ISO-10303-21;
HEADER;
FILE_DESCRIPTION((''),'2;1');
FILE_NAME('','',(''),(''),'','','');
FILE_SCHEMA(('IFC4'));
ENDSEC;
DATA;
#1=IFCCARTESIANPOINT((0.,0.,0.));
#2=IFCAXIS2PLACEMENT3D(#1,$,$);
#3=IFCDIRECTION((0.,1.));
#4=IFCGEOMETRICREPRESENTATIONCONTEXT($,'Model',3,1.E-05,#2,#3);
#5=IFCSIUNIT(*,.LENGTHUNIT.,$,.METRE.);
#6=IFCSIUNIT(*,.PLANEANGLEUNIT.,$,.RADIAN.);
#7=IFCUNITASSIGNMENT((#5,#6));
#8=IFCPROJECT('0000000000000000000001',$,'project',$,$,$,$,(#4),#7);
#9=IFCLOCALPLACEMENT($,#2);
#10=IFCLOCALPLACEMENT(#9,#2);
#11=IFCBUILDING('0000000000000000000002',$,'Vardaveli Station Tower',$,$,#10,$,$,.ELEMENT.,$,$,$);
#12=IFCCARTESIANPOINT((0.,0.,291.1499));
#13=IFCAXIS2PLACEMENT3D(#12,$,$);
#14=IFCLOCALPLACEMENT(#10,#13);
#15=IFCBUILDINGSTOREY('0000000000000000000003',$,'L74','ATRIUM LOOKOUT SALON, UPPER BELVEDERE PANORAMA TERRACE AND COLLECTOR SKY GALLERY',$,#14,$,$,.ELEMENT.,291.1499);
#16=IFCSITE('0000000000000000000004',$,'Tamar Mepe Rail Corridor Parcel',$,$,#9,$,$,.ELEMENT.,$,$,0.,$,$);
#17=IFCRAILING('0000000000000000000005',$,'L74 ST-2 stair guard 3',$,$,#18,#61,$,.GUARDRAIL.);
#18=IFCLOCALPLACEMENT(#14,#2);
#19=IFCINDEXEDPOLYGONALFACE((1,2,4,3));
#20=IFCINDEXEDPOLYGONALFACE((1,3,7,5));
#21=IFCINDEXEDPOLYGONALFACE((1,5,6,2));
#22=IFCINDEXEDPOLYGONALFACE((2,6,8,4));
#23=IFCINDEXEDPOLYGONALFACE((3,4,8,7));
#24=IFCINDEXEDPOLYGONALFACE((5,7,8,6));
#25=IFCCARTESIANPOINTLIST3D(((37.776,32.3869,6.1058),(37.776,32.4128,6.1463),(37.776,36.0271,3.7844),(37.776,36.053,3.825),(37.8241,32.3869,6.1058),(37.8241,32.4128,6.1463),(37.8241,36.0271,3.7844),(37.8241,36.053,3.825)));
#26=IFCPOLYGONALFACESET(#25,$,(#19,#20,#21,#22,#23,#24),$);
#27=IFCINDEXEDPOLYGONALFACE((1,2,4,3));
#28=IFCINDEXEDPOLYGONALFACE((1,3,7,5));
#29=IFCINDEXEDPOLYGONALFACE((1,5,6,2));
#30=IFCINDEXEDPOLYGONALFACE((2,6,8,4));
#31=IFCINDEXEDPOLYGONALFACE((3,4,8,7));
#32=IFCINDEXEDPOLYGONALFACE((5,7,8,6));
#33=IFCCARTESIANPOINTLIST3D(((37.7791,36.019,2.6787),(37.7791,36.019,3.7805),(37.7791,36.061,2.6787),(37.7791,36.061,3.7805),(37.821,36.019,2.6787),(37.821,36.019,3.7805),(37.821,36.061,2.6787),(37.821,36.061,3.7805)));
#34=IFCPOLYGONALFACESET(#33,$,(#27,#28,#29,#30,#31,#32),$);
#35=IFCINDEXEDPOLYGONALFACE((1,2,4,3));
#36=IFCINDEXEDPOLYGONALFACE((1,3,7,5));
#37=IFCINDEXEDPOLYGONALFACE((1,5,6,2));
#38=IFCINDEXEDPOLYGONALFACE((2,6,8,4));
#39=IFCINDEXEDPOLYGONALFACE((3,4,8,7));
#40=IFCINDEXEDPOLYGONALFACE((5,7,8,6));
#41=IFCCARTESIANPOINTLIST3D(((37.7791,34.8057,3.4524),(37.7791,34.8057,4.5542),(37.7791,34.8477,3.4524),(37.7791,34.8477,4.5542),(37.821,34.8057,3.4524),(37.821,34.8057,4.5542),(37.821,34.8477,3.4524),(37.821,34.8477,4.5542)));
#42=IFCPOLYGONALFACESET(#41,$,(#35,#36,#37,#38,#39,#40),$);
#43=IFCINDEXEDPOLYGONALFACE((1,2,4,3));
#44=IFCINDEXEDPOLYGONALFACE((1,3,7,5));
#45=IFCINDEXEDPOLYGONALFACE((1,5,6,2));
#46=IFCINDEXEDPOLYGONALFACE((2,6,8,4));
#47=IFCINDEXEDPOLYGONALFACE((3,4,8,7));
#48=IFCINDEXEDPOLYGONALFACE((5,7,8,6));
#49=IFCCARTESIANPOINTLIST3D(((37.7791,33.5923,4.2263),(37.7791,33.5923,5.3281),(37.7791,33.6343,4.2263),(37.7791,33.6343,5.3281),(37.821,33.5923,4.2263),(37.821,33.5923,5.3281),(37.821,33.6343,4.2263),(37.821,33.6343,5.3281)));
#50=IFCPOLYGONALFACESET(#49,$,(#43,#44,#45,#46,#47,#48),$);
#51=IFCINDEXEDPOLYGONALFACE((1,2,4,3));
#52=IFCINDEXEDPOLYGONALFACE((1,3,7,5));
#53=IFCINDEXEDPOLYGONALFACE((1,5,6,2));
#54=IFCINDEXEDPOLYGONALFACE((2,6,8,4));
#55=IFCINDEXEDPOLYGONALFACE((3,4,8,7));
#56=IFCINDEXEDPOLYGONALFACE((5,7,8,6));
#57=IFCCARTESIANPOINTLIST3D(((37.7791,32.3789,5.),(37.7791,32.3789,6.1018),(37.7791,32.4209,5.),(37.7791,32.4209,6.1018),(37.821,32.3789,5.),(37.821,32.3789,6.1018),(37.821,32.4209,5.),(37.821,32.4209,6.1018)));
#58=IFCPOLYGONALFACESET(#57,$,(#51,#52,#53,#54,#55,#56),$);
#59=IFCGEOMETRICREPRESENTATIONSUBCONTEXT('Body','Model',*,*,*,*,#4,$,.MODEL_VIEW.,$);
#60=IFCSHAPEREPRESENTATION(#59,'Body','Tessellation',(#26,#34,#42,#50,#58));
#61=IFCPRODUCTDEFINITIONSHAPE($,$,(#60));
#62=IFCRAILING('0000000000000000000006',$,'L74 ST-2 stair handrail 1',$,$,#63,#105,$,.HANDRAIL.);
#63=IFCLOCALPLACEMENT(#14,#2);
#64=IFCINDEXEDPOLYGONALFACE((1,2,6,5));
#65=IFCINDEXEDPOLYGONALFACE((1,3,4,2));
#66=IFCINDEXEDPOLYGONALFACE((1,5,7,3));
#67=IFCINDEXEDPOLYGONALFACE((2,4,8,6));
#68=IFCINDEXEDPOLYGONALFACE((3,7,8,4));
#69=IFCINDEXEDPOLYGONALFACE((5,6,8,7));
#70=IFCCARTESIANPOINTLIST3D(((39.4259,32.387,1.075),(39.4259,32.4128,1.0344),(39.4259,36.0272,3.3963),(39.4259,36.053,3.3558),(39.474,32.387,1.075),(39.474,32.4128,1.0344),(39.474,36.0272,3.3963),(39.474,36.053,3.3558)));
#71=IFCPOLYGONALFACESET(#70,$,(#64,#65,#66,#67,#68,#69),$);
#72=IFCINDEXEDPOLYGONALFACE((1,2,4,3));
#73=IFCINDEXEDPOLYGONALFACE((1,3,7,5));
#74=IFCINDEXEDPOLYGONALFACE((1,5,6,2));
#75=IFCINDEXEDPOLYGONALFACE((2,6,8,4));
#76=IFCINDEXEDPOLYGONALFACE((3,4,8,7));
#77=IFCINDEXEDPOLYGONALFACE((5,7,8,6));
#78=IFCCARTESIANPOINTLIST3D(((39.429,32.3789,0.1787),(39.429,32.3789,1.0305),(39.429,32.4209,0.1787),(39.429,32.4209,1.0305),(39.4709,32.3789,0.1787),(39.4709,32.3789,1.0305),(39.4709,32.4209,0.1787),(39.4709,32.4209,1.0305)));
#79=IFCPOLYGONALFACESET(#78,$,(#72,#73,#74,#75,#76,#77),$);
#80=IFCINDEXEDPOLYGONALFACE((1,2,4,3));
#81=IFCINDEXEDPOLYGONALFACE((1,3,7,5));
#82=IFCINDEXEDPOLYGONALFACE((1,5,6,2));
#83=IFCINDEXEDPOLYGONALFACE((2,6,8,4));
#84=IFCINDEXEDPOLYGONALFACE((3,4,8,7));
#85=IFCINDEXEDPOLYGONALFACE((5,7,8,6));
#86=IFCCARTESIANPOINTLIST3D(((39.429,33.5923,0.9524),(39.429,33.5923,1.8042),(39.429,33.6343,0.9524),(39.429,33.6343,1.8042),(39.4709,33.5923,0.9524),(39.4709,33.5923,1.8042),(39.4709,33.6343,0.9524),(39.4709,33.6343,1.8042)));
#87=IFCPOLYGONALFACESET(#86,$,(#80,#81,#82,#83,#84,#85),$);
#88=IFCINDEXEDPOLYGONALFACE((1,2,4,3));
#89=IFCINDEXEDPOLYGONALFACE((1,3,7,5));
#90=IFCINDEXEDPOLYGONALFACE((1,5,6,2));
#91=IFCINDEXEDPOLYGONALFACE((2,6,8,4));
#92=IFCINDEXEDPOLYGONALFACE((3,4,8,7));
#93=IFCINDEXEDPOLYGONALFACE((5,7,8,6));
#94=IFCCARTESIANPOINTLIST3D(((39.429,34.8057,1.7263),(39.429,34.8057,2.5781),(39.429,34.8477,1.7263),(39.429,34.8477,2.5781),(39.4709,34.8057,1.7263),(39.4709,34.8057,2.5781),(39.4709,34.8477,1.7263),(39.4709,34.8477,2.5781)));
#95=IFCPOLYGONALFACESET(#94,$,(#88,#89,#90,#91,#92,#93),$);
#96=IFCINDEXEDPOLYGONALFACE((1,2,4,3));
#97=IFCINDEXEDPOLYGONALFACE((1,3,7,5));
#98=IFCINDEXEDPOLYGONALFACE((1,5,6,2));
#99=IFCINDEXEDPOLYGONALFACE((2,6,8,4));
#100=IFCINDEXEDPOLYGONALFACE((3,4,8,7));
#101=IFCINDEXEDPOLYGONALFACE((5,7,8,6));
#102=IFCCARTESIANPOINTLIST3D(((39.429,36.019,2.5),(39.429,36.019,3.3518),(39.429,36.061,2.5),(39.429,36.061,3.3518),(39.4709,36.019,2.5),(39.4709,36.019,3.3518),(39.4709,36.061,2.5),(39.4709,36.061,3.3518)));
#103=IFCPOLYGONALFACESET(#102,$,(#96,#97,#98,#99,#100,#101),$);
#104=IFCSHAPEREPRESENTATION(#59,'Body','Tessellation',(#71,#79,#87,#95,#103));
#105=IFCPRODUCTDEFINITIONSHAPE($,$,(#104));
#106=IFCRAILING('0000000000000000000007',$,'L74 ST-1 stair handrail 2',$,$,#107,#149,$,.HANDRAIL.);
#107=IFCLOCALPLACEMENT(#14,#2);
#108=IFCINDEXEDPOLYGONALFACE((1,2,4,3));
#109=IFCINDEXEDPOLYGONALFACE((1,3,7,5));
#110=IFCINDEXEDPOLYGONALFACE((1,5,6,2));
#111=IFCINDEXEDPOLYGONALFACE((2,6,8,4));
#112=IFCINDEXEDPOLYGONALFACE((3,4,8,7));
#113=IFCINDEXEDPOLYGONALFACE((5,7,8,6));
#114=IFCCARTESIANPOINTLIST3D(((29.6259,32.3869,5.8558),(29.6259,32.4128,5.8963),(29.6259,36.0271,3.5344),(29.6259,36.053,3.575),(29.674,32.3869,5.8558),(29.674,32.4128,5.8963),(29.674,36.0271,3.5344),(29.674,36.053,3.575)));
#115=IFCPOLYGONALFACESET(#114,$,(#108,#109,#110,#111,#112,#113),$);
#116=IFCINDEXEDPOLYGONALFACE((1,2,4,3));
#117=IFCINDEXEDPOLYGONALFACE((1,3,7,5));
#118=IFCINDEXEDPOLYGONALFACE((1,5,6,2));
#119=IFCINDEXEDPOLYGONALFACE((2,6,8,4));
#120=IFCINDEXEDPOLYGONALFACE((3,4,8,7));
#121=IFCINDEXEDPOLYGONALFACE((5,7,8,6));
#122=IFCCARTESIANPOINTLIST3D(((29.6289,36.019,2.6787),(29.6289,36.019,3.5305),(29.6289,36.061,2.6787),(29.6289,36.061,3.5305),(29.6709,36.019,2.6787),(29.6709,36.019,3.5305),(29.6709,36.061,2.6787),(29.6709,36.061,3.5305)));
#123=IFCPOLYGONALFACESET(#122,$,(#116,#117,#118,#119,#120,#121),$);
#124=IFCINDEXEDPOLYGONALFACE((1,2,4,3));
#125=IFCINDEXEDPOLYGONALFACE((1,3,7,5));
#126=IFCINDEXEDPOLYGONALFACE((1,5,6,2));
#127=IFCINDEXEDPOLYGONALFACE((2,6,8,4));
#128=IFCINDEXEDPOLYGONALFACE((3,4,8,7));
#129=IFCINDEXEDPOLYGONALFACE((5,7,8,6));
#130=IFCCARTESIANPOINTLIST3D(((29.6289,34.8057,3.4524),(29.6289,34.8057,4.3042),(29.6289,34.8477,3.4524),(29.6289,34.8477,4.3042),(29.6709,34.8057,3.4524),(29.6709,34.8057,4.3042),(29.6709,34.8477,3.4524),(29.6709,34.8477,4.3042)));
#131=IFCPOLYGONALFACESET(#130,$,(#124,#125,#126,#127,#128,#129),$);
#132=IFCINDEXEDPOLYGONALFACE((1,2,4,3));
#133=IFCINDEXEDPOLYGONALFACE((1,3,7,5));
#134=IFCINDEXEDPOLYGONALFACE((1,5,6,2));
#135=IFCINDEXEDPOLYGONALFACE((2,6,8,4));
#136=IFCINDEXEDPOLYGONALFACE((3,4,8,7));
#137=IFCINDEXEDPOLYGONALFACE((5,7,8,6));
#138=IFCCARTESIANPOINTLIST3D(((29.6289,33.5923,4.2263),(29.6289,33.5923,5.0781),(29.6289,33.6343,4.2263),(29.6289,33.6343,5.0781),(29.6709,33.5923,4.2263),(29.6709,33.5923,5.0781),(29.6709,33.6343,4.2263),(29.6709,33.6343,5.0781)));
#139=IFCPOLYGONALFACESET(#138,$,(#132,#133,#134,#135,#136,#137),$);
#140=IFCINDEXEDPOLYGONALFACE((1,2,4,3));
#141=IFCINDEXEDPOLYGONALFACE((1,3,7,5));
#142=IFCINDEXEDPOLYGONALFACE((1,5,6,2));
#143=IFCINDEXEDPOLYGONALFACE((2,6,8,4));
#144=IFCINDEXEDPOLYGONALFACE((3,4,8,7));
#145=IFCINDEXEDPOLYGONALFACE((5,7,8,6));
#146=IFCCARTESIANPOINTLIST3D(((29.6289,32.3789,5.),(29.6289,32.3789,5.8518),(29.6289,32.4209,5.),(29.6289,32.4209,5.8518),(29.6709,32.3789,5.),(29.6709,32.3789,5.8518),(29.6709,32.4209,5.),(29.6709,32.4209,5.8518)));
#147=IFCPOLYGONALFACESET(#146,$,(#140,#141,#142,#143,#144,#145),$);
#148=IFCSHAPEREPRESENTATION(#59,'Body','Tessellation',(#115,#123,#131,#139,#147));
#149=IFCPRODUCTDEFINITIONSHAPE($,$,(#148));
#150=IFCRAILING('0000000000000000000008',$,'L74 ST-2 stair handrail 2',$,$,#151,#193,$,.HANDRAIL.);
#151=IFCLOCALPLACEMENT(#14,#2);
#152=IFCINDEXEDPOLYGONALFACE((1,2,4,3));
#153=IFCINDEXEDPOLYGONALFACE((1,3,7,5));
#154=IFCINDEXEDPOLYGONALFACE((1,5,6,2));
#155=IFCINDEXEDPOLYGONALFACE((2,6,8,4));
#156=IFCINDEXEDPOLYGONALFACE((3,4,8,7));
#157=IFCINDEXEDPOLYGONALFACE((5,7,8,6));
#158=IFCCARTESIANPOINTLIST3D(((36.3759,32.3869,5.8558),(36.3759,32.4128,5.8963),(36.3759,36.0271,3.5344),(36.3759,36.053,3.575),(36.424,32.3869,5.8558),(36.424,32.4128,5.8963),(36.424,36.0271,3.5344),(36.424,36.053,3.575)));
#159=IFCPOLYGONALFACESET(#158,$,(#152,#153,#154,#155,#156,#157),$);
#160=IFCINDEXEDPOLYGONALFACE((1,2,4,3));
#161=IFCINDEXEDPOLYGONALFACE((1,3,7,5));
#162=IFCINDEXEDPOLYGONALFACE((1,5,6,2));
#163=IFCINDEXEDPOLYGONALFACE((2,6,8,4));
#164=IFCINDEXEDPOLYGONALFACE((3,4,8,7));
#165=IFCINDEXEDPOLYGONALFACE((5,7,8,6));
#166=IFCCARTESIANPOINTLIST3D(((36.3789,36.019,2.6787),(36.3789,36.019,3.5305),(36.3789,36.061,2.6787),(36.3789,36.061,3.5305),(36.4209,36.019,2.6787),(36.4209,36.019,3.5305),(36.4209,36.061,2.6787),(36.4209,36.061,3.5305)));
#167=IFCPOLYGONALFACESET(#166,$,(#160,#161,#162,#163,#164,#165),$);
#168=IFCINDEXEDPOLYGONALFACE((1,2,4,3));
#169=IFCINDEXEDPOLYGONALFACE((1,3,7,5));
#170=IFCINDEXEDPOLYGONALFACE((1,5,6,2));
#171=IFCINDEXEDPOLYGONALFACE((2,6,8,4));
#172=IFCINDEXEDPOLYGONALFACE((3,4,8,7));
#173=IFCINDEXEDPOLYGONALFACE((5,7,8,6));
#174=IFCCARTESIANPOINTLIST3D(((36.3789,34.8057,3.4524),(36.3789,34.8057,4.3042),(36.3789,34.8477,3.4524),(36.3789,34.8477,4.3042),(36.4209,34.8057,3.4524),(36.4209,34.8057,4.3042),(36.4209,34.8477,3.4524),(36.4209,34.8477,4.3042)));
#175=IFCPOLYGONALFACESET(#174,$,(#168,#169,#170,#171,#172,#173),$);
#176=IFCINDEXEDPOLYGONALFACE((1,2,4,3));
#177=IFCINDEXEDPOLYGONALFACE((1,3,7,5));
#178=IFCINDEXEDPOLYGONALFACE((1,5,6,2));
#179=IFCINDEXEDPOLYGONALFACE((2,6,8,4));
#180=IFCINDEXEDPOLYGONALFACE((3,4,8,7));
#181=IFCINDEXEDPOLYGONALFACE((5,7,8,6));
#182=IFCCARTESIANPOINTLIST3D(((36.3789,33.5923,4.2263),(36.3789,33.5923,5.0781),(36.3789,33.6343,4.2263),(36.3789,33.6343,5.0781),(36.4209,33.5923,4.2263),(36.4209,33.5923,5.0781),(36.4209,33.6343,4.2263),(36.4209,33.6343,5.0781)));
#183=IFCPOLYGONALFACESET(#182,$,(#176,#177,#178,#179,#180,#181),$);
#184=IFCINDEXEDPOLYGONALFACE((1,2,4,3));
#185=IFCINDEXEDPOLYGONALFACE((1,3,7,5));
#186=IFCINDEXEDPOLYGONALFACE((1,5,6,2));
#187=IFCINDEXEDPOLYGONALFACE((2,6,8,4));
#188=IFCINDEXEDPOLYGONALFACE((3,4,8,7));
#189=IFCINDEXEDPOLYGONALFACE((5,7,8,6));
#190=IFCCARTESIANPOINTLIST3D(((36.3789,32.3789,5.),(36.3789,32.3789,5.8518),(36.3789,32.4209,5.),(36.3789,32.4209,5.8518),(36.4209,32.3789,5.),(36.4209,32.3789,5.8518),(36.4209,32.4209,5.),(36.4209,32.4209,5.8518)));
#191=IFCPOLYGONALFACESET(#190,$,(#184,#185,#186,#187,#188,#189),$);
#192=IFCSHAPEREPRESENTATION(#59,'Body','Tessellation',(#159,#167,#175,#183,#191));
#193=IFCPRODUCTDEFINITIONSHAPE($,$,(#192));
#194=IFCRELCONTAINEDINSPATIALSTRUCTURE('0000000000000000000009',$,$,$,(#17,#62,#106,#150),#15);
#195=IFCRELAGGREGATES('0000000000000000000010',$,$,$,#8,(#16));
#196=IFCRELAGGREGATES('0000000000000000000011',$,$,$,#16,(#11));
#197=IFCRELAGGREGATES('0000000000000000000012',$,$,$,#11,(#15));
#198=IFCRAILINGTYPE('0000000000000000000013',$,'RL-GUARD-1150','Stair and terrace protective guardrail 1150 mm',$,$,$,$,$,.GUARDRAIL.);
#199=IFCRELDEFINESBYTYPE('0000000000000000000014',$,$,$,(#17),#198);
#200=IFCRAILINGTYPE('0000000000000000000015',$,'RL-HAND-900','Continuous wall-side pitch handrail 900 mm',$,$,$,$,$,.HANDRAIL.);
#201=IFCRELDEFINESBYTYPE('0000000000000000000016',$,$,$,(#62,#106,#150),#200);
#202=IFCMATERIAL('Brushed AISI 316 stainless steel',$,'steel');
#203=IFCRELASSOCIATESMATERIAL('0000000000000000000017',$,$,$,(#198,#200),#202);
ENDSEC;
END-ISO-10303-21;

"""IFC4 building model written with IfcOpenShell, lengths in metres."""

from ifc_helpers import new_model, si_unit, direction, frame, origin, origin_2d, place, context, subcontext, project, spatial, rectangle, extrude, source, transform, mapped, material, type_object, element, save


model = new_model("IFC4")

# Units and contexts
model_context = context("Model", 3, precision=1e-05, world=origin(), true_north=direction((0.0, 1.0)))
body_context = subcontext(model_context, "Body", "Model", "MODEL_VIEW")
ifc_project = project(units=[si_unit("LENGTHUNIT", "METRE"), si_unit("PLANEANGLEUNIT", "RADIAN")], contexts=[model_context])

# Site, building, storey
site_placement = place(None, origin())
site = spatial("IfcSite", under=ifc_project, at=site_placement, Name="Tamar Mepe Rail Corridor Parcel", CompositionType="ELEMENT", RefElevation=0.0)
building_placement = place(site_placement, origin())
building = spatial("IfcBuilding", under=site, at=building_placement, Name="Vardaveli Station Tower", CompositionType="ELEMENT")
storey_placement = place(building_placement, frame((0.0, 0.0, 291.1499)))
storey = spatial("IfcBuildingStorey", under=building, at=storey_placement, Name="L74", Description="ATRIUM LOOKOUT SALON, UPPER BELVEDERE PANORAMA TERRACE AND COLLECTOR SKY GALLERY", CompositionType="ELEMENT", Elevation=291.1499)

# Railings
ifc_material_1 = material(Name="Brushed AISI 316 stainless steel", Category="steel")
railing_type_1 = type_object("IfcRailingType", Name="RL-GUARD-1150", Description="Stair and terrace protective guardrail 1150 mm", PredefinedType="GUARDRAIL", material=ifc_material_1)
shared_shape_1 = source(origin(), body_context, "Body", "SweptSolid", [
    extrude(rectangle(XDim=0.0481, YDim=0.0481, at=origin_2d()), frame((0.0, 0.0, 1.126), z_axis=(0.0, -0.843153, 0.537673), x_axis=(1.0, 0.0, 0.0)), (0.0, 0.0, 1.0), 4.3174),
    extrude(rectangle(XDim=0.042, YDim=0.042, at=origin_2d()), origin(), (0.0, 0.0, 1.0), 1.1018),
    extrude(rectangle(XDim=0.042, YDim=0.042, at=origin_2d()), frame((0.0, -1.2134, 0.7737)), (0.0, 0.0, 1.0), 1.1018),
    extrude(rectangle(XDim=0.042, YDim=0.042, at=origin_2d()), frame((0.0, -2.4268, 1.5476)), (0.0, 0.0, 1.0), 1.1018),
    extrude(rectangle(XDim=0.042, YDim=0.042, at=origin_2d()), frame((0.0, -3.6401, 2.3213)), (0.0, 0.0, 1.0), 1.1018),
])
for number, where, name in (
    (1, (37.8, 36.04, 2.6787), "L74 ST-2 stair guard 3"),
):
    element("IfcRailing", number, at=place(storey_placement, frame(where)), inside=storey, type_object=railing_type_1, Name=name, PredefinedType="GUARDRAIL", context=body_context, shape_type="MappedRepresentation", body=[
        mapped(shared_shape_1, transform((0.0, 0.0, 0.0), scale=1.0)),
    ])
railing_type_2 = type_object("IfcRailingType", Name="RL-HAND-900", Description="Continuous wall-side pitch handrail 900 mm", PredefinedType="HANDRAIL", material=ifc_material_1)
shared_shape_2 = source(origin(), body_context, "Body", "SweptSolid", [
    extrude(rectangle(XDim=0.0481, YDim=0.0481, at=origin_2d()), frame((0.0, 0.0, 0.876), z_axis=(0.0, 0.843153, 0.537673), x_axis=(-1.0, 0.0, 0.0)), (0.0, 0.0, 1.0), 4.3174),
    extrude(rectangle(XDim=0.042, YDim=0.042, at=origin_2d()), origin(), (0.0, 0.0, 1.0), 0.8518),
    extrude(rectangle(XDim=0.042, YDim=0.042, at=origin_2d()), frame((0.0, 1.2134, 0.7737)), (0.0, 0.0, 1.0), 0.8518),
    extrude(rectangle(XDim=0.042, YDim=0.042, at=origin_2d()), frame((0.0, 2.4268, 1.5476)), (0.0, 0.0, 1.0), 0.8518),
    extrude(rectangle(XDim=0.042, YDim=0.042, at=origin_2d()), frame((0.0, 3.6401, 2.3213)), (0.0, 0.0, 1.0), 0.8518),
])
railing_placement = place(storey_placement, frame((39.45, 32.3999, 0.1787)))
element("IfcRailing", 2, at=railing_placement, inside=storey, type_object=railing_type_2, Name="L74 ST-2 stair handrail 1", PredefinedType="HANDRAIL", context=body_context, shape_type="MappedRepresentation", body=[
    mapped(shared_shape_2, transform((0.0, 0.0, 0.0), scale=1.0)),
])
shared_shape_3 = source(origin(), body_context, "Body", "SweptSolid", [
    extrude(rectangle(XDim=0.0481, YDim=0.0481, at=origin_2d()), frame((0.0, 0.0, 0.876), z_axis=(0.0, -0.843153, 0.537673), x_axis=(1.0, 0.0, 0.0)), (0.0, 0.0, 1.0), 4.3174),
    extrude(rectangle(XDim=0.042, YDim=0.042, at=origin_2d()), origin(), (0.0, 0.0, 1.0), 0.8518),
    extrude(rectangle(XDim=0.042, YDim=0.042, at=origin_2d()), frame((0.0, -1.2134, 0.7737)), (0.0, 0.0, 1.0), 0.8518),
    extrude(rectangle(XDim=0.042, YDim=0.042, at=origin_2d()), frame((0.0, -2.4268, 1.5476)), (0.0, 0.0, 1.0), 0.8518),
    extrude(rectangle(XDim=0.042, YDim=0.042, at=origin_2d()), frame((0.0, -3.6401, 2.3213)), (0.0, 0.0, 1.0), 0.8518),
])
for number, where, name in (
    (3, (29.6499, 36.04, 2.6787), "L74 ST-1 stair handrail 2"),
    (4, (36.3999, 36.04, 2.6787), "L74 ST-2 stair handrail 2"),
):
    element("IfcRailing", number, at=place(storey_placement, frame(where)), inside=storey, type_object=railing_type_2, Name=name, PredefinedType="HANDRAIL", context=body_context, shape_type="MappedRepresentation", body=[
        mapped(shared_shape_3, transform((0.0, 0.0, 0.0), scale=1.0)),
    ])

save(model, "model.ifc")
